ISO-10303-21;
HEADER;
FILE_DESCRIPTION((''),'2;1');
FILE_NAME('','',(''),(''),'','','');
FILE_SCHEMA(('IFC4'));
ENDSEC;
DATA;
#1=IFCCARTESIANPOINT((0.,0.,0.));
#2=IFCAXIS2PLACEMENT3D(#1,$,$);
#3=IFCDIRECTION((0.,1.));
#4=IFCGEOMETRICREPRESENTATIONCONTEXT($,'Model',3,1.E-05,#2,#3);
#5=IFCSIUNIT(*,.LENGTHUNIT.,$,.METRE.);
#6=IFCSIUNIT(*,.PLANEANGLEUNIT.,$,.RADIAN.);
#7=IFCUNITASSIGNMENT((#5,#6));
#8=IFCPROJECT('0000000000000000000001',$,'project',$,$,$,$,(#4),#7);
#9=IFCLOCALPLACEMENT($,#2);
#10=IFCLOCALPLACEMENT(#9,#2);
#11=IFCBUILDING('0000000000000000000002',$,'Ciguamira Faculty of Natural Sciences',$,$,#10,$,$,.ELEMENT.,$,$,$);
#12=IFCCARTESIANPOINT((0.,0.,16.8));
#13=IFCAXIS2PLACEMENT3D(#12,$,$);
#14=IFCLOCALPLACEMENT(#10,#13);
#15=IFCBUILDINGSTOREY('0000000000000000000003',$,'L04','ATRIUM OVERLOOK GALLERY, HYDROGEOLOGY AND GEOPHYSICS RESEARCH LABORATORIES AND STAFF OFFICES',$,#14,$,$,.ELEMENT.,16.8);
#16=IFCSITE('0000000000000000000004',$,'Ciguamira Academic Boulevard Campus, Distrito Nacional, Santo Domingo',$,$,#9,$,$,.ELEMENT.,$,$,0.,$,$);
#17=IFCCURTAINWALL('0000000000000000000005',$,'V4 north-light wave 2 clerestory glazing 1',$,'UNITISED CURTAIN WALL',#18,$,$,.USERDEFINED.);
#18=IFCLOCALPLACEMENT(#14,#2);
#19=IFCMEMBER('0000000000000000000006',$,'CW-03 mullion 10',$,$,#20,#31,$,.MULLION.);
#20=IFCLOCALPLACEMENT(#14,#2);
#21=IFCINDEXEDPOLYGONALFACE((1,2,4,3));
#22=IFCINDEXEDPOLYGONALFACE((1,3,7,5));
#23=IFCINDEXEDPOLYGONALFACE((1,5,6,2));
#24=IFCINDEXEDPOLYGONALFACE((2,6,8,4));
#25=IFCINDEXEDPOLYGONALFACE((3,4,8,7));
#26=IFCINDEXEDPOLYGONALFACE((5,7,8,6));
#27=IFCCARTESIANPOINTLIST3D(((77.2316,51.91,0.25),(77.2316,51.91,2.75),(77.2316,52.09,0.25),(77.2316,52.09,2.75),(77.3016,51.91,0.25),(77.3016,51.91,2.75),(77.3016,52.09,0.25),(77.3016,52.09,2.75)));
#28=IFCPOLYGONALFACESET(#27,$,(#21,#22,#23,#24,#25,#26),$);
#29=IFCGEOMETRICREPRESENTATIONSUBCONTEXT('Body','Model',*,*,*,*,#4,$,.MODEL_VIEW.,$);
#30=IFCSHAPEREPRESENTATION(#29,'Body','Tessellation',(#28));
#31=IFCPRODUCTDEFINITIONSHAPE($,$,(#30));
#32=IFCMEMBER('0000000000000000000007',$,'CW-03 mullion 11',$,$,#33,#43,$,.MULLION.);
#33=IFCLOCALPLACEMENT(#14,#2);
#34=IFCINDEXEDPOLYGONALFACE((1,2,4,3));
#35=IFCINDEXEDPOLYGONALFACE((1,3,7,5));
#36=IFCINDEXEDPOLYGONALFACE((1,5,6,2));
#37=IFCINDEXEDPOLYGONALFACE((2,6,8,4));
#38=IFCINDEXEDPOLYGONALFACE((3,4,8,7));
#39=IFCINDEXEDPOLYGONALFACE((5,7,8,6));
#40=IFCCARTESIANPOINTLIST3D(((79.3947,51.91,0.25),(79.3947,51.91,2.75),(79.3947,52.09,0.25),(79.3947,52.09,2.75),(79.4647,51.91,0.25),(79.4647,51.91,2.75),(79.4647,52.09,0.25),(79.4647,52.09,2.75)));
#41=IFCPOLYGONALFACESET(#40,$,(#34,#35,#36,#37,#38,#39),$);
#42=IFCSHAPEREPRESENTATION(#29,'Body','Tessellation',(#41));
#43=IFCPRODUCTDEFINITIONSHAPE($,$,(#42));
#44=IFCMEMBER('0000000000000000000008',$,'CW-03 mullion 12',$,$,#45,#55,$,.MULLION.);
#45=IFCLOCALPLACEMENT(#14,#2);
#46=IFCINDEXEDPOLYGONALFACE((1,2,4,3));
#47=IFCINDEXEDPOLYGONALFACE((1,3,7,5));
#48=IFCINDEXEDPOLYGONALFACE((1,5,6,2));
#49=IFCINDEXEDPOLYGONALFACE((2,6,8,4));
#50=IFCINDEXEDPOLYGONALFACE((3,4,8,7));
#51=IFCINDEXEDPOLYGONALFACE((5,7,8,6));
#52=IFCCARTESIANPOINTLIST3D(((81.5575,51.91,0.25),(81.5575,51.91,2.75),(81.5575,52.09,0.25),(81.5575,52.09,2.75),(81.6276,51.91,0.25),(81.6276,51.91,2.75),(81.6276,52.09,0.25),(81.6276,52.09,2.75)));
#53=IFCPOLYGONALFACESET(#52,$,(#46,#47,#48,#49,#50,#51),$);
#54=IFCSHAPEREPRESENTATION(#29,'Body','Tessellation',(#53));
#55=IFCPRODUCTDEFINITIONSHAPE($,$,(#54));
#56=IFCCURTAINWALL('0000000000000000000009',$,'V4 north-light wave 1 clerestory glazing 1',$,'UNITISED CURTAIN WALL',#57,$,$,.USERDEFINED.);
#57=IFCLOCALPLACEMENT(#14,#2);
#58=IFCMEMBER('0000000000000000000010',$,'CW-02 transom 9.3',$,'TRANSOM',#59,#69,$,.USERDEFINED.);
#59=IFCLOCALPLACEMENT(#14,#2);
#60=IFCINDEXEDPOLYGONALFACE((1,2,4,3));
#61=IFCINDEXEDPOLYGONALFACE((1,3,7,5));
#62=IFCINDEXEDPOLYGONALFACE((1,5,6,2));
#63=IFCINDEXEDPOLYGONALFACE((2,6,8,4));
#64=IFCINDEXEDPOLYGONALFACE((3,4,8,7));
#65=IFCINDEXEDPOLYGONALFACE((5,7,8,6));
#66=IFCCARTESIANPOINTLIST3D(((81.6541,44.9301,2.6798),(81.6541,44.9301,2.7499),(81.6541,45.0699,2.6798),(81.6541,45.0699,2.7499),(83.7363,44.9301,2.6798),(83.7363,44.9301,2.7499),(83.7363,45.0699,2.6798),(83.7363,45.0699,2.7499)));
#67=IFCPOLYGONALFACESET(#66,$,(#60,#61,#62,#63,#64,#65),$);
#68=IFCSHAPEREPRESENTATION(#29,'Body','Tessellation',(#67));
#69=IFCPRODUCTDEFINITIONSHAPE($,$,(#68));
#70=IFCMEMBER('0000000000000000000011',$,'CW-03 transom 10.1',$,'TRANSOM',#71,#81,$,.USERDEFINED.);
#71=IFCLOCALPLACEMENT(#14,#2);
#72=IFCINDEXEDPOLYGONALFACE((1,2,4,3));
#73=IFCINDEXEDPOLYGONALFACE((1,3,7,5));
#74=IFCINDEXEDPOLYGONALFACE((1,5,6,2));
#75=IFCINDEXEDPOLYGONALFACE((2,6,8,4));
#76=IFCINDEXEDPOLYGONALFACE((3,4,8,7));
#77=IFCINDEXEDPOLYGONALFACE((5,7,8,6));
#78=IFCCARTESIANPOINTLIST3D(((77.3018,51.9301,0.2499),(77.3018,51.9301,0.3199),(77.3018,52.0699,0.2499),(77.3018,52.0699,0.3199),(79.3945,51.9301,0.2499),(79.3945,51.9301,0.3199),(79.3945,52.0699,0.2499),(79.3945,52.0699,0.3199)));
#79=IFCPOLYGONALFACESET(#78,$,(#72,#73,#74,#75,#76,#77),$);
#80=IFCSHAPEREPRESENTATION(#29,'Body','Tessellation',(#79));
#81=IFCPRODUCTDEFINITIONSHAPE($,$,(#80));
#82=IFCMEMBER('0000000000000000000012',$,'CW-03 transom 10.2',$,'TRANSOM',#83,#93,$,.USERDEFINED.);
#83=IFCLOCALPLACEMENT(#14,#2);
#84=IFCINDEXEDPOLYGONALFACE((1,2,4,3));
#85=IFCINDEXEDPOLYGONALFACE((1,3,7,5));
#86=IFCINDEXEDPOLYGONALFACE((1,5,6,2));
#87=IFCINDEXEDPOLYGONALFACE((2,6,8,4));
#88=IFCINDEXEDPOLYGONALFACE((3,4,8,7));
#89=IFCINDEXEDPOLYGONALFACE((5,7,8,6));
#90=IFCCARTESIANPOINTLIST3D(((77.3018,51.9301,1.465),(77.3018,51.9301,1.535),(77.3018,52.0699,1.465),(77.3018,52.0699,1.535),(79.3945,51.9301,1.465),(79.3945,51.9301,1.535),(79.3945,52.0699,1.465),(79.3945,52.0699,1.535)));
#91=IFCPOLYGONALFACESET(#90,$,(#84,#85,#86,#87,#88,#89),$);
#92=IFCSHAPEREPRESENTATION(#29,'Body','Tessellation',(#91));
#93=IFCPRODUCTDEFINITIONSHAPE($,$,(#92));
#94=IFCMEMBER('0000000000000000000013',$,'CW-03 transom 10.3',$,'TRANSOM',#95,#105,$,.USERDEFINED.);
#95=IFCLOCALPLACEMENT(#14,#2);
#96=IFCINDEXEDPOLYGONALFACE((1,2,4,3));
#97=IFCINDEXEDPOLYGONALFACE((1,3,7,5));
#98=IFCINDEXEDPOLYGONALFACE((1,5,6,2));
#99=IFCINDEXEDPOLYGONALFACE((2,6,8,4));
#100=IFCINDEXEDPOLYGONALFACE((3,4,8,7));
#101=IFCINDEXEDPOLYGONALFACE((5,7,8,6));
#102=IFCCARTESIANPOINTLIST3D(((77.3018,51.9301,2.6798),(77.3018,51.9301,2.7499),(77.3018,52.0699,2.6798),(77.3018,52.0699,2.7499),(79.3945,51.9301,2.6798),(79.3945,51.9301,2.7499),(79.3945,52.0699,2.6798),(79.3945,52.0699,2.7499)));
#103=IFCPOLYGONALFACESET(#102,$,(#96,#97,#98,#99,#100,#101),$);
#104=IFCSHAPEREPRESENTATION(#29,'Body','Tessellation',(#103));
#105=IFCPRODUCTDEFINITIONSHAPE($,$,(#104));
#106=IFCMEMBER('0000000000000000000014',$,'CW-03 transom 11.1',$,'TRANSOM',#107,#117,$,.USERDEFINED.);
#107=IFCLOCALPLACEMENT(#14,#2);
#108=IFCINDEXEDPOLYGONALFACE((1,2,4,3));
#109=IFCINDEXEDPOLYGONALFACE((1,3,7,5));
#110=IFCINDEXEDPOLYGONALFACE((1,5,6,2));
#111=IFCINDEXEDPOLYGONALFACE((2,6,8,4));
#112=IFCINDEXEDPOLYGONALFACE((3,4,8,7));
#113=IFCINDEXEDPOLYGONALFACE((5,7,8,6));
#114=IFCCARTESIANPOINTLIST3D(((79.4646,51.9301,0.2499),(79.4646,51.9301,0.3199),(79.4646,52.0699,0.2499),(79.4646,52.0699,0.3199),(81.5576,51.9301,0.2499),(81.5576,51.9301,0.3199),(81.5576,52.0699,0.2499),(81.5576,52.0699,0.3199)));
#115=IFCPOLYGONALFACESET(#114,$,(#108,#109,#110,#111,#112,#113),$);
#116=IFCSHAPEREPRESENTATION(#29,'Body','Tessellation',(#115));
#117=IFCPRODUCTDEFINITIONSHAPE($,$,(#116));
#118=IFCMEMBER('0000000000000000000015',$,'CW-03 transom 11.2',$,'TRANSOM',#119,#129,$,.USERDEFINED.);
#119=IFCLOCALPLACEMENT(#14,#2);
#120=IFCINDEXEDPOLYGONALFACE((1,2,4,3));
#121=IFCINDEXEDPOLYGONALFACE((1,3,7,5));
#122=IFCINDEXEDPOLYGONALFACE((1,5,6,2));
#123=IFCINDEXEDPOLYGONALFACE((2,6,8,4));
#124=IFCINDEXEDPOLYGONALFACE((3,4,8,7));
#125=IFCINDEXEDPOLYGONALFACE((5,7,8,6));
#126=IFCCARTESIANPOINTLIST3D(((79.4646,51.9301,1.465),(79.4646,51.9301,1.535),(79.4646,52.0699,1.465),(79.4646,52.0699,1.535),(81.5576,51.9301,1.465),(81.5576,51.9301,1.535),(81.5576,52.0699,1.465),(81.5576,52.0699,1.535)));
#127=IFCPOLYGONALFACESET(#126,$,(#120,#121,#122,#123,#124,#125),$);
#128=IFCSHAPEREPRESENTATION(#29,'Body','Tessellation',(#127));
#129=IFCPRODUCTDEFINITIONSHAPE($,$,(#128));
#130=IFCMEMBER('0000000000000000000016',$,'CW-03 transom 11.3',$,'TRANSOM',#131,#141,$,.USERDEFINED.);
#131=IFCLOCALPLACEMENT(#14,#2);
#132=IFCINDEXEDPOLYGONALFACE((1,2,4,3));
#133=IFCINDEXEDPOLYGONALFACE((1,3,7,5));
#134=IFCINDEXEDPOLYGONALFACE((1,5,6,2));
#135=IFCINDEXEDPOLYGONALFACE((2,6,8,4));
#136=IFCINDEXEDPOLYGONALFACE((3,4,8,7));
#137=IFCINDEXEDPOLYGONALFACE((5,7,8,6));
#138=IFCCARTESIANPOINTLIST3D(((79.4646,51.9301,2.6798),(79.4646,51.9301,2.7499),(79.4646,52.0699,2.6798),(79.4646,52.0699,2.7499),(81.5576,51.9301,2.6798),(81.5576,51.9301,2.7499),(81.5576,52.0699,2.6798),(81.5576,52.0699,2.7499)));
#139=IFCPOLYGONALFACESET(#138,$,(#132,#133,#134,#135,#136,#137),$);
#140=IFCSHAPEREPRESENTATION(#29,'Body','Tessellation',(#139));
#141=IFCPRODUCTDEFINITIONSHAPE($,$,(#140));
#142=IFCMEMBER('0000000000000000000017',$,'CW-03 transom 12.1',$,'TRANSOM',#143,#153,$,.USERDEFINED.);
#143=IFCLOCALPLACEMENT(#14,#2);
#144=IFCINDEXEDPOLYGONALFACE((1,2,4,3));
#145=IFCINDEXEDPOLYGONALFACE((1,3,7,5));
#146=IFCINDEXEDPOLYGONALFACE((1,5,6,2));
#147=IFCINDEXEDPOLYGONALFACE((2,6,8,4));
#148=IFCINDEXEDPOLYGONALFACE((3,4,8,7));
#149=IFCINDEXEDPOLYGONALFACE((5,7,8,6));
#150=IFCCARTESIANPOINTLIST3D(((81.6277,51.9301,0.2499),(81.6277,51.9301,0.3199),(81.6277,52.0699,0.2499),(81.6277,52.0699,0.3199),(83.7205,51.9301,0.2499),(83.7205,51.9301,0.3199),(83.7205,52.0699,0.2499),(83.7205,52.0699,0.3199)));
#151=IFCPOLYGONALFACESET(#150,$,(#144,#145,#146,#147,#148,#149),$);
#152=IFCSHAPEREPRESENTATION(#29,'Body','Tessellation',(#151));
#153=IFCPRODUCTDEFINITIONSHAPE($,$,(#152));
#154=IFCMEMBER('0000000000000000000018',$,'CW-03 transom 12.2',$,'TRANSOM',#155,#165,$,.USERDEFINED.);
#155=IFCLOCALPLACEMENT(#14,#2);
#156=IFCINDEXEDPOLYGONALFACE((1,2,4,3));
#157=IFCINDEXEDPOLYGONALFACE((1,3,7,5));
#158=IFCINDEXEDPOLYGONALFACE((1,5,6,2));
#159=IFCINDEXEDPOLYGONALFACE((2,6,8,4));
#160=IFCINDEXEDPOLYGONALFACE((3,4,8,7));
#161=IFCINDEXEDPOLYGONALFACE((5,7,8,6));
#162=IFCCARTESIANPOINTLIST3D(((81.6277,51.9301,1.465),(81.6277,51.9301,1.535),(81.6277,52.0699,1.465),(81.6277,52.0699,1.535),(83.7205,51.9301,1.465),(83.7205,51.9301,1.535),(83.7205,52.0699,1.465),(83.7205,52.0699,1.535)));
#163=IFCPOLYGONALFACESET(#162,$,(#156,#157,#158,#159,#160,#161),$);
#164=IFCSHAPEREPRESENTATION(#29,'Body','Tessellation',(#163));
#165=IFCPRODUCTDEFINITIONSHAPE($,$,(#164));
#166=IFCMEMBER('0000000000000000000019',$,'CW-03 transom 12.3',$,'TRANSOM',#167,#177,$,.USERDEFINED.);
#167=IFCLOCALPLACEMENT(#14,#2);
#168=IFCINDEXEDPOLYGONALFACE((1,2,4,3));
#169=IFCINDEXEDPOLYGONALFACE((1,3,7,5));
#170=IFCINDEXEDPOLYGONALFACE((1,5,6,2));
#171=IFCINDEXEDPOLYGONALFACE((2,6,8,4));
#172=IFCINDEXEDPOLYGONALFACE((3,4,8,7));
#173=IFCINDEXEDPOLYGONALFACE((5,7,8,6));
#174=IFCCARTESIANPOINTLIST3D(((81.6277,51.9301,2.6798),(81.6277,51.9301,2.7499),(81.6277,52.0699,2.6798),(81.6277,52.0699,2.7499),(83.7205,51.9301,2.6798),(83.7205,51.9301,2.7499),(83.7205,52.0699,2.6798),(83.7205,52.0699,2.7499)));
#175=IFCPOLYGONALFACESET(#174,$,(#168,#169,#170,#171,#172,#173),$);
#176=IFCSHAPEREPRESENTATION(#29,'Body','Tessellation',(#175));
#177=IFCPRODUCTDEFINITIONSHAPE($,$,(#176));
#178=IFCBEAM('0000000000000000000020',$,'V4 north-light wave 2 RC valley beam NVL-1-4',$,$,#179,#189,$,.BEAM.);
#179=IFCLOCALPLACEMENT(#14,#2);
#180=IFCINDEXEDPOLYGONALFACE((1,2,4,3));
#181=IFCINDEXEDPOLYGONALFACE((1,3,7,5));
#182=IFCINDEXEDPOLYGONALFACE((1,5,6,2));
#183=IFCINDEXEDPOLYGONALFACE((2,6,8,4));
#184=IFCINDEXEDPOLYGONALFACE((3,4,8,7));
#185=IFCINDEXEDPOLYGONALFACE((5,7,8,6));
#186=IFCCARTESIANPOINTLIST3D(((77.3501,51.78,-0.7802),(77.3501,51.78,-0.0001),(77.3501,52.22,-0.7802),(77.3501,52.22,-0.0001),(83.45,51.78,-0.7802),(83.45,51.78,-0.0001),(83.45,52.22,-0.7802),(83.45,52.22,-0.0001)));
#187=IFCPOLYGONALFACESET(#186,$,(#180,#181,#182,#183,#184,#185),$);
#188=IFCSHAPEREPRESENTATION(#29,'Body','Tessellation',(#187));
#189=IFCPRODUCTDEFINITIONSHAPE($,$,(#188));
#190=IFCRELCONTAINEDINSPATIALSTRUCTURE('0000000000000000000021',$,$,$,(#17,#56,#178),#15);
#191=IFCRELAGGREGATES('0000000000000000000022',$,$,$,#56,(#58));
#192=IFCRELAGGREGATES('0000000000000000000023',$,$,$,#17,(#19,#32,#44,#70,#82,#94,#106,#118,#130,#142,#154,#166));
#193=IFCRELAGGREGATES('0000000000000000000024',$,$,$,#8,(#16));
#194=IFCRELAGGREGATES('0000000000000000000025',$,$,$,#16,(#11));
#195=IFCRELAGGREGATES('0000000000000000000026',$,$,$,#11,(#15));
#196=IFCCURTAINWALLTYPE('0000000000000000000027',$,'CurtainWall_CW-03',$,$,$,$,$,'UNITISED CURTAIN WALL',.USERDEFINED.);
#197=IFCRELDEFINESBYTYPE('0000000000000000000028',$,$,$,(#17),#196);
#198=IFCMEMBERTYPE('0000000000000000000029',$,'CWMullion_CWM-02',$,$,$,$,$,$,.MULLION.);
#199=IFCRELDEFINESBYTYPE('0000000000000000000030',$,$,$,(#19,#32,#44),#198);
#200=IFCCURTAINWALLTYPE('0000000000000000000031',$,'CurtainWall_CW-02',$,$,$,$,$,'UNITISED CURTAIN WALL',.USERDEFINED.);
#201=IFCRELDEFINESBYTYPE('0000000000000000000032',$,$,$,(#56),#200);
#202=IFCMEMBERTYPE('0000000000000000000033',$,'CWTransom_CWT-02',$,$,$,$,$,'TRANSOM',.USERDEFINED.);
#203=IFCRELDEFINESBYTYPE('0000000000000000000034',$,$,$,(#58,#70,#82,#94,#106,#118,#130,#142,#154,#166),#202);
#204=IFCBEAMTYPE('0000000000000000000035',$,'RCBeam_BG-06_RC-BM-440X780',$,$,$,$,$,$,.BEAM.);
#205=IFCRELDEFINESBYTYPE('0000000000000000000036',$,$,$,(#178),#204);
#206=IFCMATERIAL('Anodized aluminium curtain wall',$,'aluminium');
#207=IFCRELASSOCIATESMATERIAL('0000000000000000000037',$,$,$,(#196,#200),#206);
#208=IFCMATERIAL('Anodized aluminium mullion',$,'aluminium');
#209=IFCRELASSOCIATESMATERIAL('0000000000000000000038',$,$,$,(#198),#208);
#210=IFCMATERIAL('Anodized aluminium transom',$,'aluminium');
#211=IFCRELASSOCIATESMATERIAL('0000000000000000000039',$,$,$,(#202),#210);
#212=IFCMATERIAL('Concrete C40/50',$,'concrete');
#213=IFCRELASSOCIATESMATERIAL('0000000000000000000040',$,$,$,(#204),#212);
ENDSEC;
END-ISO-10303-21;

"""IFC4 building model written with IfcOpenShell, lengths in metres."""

from ifc_helpers import new_model, si_unit, direction, frame, origin, origin_2d, place, context, subcontext, project, spatial, rectangle, extrude, material, material_profile, profile_set, type_object, element, aggregate, save


model = new_model("IFC4")

# Units and contexts
model_context = context("Model", 3, precision=1e-05, world=origin(), true_north=direction((0.0, 1.0)))
body_context = subcontext(model_context, "Body", "Model", "MODEL_VIEW")
ifc_project = project(units=[si_unit("LENGTHUNIT", "METRE"), si_unit("PLANEANGLEUNIT", "RADIAN")], contexts=[model_context])

# Site, building, storey
site_placement = place(None, origin())
site = spatial("IfcSite", under=ifc_project, at=site_placement, Name="Ciguamira Academic Boulevard Campus, Distrito Nacional, Santo Domingo", CompositionType="ELEMENT", RefElevation=0.0)
building_placement = place(site_placement, origin())
building = spatial("IfcBuilding", under=site, at=building_placement, Name="Ciguamira Faculty of Natural Sciences", CompositionType="ELEMENT")
storey_placement = place(building_placement, frame((0.0, 0.0, 16.8)))
storey = spatial("IfcBuildingStorey", under=building, at=storey_placement, Name="L04", Description="ATRIUM OVERLOOK GALLERY, HYDROGEOLOGY AND GEOPHYSICS RESEARCH LABORATORIES AND STAFF OFFICES", CompositionType="ELEMENT", Elevation=16.8)

# Curtain wall, members
ifc_material_1 = material(Name="Anodized aluminium curtain wall", Category="aluminium")
curtain_wall_type_1 = type_object("IfcCurtainWallType", Name="CurtainWall_CW-03", ElementType="UNITISED CURTAIN WALL", PredefinedType="USERDEFINED", material=ifc_material_1)
curtain_wall_1_placement = place(storey_placement, origin())
curtain_wall_1 = element("IfcCurtainWall", 1, at=curtain_wall_1_placement, inside=storey, type_object=curtain_wall_type_1, Name="V4 north-light wave 2 clerestory glazing 1", ObjectType="UNITISED CURTAIN WALL", PredefinedType="USERDEFINED")
ifc_material_2 = material(Name="Anodized aluminium mullion", Category="aluminium")
ifc_material_profile_1 = material_profile(ifc_material_2, rectangle(XDim=0.0701, YDim=0.1799, at=origin_2d()), Name="ALU-MUL-70X180")
ifc_profile_set_1 = profile_set([ifc_material_profile_1], Name="Anodized aluminium mullion")
member_type_1 = type_object("IfcMemberType", Name="CWMullion_CWM-02", PredefinedType="MULLION", material=ifc_profile_set_1)
member_1_placement = place(storey_placement, frame((77.2666, 52.0, 0.25), z_axis=(0.0, 0.0, 1.0), x_axis=(1.0, 0.0, 0.0)))
member_1 = element("IfcMember", 2, at=member_1_placement, type_object=member_type_1, Name="CW-03 mullion 10", PredefinedType="MULLION", context=body_context, shape_type="SweptSolid", body=[
    extrude(rectangle(XDim=0.0701, YDim=0.1799, at=origin_2d()), origin(), (0.0, 0.0, 1.0), 2.5),
])
member_2_placement = place(storey_placement, frame((79.4297, 52.0, 0.25), z_axis=(0.0, 0.0, 1.0), x_axis=(1.0, 0.0, 0.0)))
member_2 = element("IfcMember", 3, at=member_2_placement, type_object=member_type_1, Name="CW-03 mullion 11", PredefinedType="MULLION", context=body_context, shape_type="SweptSolid", body=[
    extrude(rectangle(XDim=0.0701, YDim=0.1799, at=origin_2d()), origin(), (0.0, 0.0, 1.0), 2.5),
])
member_3_placement = place(storey_placement, frame((81.5925, 52.0, 0.25), z_axis=(0.0, 0.0, 1.0), x_axis=(1.0, 0.0, 0.0)))
member_3 = element("IfcMember", 4, at=member_3_placement, type_object=member_type_1, Name="CW-03 mullion 12", PredefinedType="MULLION", context=body_context, shape_type="SweptSolid", body=[
    extrude(rectangle(XDim=0.0701, YDim=0.1799, at=origin_2d()), origin(), (0.0, 0.0, 1.0), 2.5),
])

# Curtain wall, member
curtain_wall_type_2 = type_object("IfcCurtainWallType", Name="CurtainWall_CW-02", ElementType="UNITISED CURTAIN WALL", PredefinedType="USERDEFINED", material=ifc_material_1)
curtain_wall_2_placement = place(storey_placement, origin())
curtain_wall_2 = element("IfcCurtainWall", 5, at=curtain_wall_2_placement, inside=storey, type_object=curtain_wall_type_2, Name="V4 north-light wave 1 clerestory glazing 1", ObjectType="UNITISED CURTAIN WALL", PredefinedType="USERDEFINED")
ifc_material_3 = material(Name="Anodized aluminium transom", Category="aluminium")
ifc_material_profile_2 = material_profile(ifc_material_3, rectangle(XDim=0.0701, YDim=0.1399, at=origin_2d()), Name="ALU-TRN-70X140")
ifc_profile_set_2 = profile_set([ifc_material_profile_2], Name="Anodized aluminium transom")
member_type_2 = type_object("IfcMemberType", Name="CWTransom_CWT-02", ElementType="TRANSOM", PredefinedType="USERDEFINED", material=ifc_profile_set_2)
member_4_placement = place(storey_placement, frame((81.6541, 45.0, 2.7148), z_axis=(1.0, 0.0, 0.0), x_axis=(0.0, 0.0, 1.0)))
member_4 = element("IfcMember", 6, at=member_4_placement, type_object=member_type_2, Name="CW-02 transom 9.3", ObjectType="TRANSOM", PredefinedType="USERDEFINED", context=body_context, shape_type="SweptSolid", body=[
    extrude(rectangle(XDim=0.0701, YDim=0.1399, at=origin_2d()), origin(), (0.0, 0.0, 1.0), 2.0823),
])
aggregate(curtain_wall_2, [member_4])

# Members
member_5_placement = place(storey_placement, frame((77.3018, 52.0, 0.2849), z_axis=(1.0, 0.0, 0.0), x_axis=(0.0, 0.0, 1.0)))
member_5 = element("IfcMember", 7, at=member_5_placement, type_object=member_type_2, Name="CW-03 transom 10.1", ObjectType="TRANSOM", PredefinedType="USERDEFINED", context=body_context, shape_type="SweptSolid", body=[
    extrude(rectangle(XDim=0.0701, YDim=0.1399, at=origin_2d()), origin(), (0.0, 0.0, 1.0), 2.0928),
])
member_6_placement = place(storey_placement, frame((77.3018, 52.0, 1.5), z_axis=(1.0, 0.0, 0.0), x_axis=(0.0, 0.0, 1.0)))
member_6 = element("IfcMember", 8, at=member_6_placement, type_object=member_type_2, Name="CW-03 transom 10.2", ObjectType="TRANSOM", PredefinedType="USERDEFINED", context=body_context, shape_type="SweptSolid", body=[
    extrude(rectangle(XDim=0.0701, YDim=0.1399, at=origin_2d()), origin(), (0.0, 0.0, 1.0), 2.0928),
])
member_7_placement = place(storey_placement, frame((77.3018, 52.0, 2.7148), z_axis=(1.0, 0.0, 0.0), x_axis=(0.0, 0.0, 1.0)))
member_7 = element("IfcMember", 9, at=member_7_placement, type_object=member_type_2, Name="CW-03 transom 10.3", ObjectType="TRANSOM", PredefinedType="USERDEFINED", context=body_context, shape_type="SweptSolid", body=[
    extrude(rectangle(XDim=0.0701, YDim=0.1399, at=origin_2d()), origin(), (0.0, 0.0, 1.0), 2.0928),
])
member_8_placement = place(storey_placement, frame((79.4646, 52.0, 0.2849), z_axis=(1.0, 0.0, 0.0), x_axis=(0.0, 0.0, 1.0)))
member_8 = element("IfcMember", 10, at=member_8_placement, type_object=member_type_2, Name="CW-03 transom 11.1", ObjectType="TRANSOM", PredefinedType="USERDEFINED", context=body_context, shape_type="SweptSolid", body=[
    extrude(rectangle(XDim=0.0701, YDim=0.1399, at=origin_2d()), origin(), (0.0, 0.0, 1.0), 2.093),
])
member_9_placement = place(storey_placement, frame((79.4646, 52.0, 1.5), z_axis=(1.0, 0.0, 0.0), x_axis=(0.0, 0.0, 1.0)))
member_9 = element("IfcMember", 11, at=member_9_placement, type_object=member_type_2, Name="CW-03 transom 11.2", ObjectType="TRANSOM", PredefinedType="USERDEFINED", context=body_context, shape_type="SweptSolid", body=[
    extrude(rectangle(XDim=0.0701, YDim=0.1399, at=origin_2d()), origin(), (0.0, 0.0, 1.0), 2.093),
])
member_10_placement = place(storey_placement, frame((79.4646, 52.0, 2.7148), z_axis=(1.0, 0.0, 0.0), x_axis=(0.0, 0.0, 1.0)))
member_10 = element("IfcMember", 12, at=member_10_placement, type_object=member_type_2, Name="CW-03 transom 11.3", ObjectType="TRANSOM", PredefinedType="USERDEFINED", context=body_context, shape_type="SweptSolid", body=[
    extrude(rectangle(XDim=0.0701, YDim=0.1399, at=origin_2d()), origin(), (0.0, 0.0, 1.0), 2.093),
])
member_11_placement = place(storey_placement, frame((81.6277, 52.0, 0.2849), z_axis=(1.0, 0.0, 0.0), x_axis=(0.0, 0.0, 1.0)))
member_11 = element("IfcMember", 13, at=member_11_placement, type_object=member_type_2, Name="CW-03 transom 12.1", ObjectType="TRANSOM", PredefinedType="USERDEFINED", context=body_context, shape_type="SweptSolid", body=[
    extrude(rectangle(XDim=0.0701, YDim=0.1399, at=origin_2d()), origin(), (0.0, 0.0, 1.0), 2.0928),
])
member_12_placement = place(storey_placement, frame((81.6277, 52.0, 1.5), z_axis=(1.0, 0.0, 0.0), x_axis=(0.0, 0.0, 1.0)))
member_12 = element("IfcMember", 14, at=member_12_placement, type_object=member_type_2, Name="CW-03 transom 12.2", ObjectType="TRANSOM", PredefinedType="USERDEFINED", context=body_context, shape_type="SweptSolid", body=[
    extrude(rectangle(XDim=0.0701, YDim=0.1399, at=origin_2d()), origin(), (0.0, 0.0, 1.0), 2.0928),
])
member_13_placement = place(storey_placement, frame((81.6277, 52.0, 2.7148), z_axis=(1.0, 0.0, 0.0), x_axis=(0.0, 0.0, 1.0)))
member_13 = element("IfcMember", 15, at=member_13_placement, type_object=member_type_2, Name="CW-03 transom 12.3", ObjectType="TRANSOM", PredefinedType="USERDEFINED", context=body_context, shape_type="SweptSolid", body=[
    extrude(rectangle(XDim=0.0701, YDim=0.1399, at=origin_2d()), origin(), (0.0, 0.0, 1.0), 2.0928),
])

# Beam
ifc_material_4 = material(Name="Concrete C40/50", Category="concrete")
ifc_material_profile_3 = material_profile(ifc_material_4, rectangle(XDim=0.4399, YDim=0.78, at=origin_2d()), Name="RC-BM-440X780")
ifc_profile_set_3 = profile_set([ifc_material_profile_3], Name="Concrete C40/50")
beam_type = type_object("IfcBeamType", Name="RCBeam_BG-06_RC-BM-440X780", PredefinedType="BEAM", material=ifc_profile_set_3)
beam_placement = place(storey_placement, frame((77.3501, 52.0, -0.3901), z_axis=(1.0, 0.0, 0.0), x_axis=(0.0, 1.0, 0.0)))
element("IfcBeam", 16, at=beam_placement, inside=storey, type_object=beam_type, Name="V4 north-light wave 2 RC valley beam NVL-1-4", PredefinedType="BEAM", context=body_context, shape_type="SweptSolid", body=[
    extrude(rectangle(XDim=0.4399, YDim=0.78, at=origin_2d()), origin(), (0.0, 0.0, 1.0), 6.0999),
])

aggregate(curtain_wall_1, [member_1, member_2, member_3, member_5, member_6, member_7, member_8, member_9, member_10, member_11, member_12, member_13])

save(model, "model.ifc")
